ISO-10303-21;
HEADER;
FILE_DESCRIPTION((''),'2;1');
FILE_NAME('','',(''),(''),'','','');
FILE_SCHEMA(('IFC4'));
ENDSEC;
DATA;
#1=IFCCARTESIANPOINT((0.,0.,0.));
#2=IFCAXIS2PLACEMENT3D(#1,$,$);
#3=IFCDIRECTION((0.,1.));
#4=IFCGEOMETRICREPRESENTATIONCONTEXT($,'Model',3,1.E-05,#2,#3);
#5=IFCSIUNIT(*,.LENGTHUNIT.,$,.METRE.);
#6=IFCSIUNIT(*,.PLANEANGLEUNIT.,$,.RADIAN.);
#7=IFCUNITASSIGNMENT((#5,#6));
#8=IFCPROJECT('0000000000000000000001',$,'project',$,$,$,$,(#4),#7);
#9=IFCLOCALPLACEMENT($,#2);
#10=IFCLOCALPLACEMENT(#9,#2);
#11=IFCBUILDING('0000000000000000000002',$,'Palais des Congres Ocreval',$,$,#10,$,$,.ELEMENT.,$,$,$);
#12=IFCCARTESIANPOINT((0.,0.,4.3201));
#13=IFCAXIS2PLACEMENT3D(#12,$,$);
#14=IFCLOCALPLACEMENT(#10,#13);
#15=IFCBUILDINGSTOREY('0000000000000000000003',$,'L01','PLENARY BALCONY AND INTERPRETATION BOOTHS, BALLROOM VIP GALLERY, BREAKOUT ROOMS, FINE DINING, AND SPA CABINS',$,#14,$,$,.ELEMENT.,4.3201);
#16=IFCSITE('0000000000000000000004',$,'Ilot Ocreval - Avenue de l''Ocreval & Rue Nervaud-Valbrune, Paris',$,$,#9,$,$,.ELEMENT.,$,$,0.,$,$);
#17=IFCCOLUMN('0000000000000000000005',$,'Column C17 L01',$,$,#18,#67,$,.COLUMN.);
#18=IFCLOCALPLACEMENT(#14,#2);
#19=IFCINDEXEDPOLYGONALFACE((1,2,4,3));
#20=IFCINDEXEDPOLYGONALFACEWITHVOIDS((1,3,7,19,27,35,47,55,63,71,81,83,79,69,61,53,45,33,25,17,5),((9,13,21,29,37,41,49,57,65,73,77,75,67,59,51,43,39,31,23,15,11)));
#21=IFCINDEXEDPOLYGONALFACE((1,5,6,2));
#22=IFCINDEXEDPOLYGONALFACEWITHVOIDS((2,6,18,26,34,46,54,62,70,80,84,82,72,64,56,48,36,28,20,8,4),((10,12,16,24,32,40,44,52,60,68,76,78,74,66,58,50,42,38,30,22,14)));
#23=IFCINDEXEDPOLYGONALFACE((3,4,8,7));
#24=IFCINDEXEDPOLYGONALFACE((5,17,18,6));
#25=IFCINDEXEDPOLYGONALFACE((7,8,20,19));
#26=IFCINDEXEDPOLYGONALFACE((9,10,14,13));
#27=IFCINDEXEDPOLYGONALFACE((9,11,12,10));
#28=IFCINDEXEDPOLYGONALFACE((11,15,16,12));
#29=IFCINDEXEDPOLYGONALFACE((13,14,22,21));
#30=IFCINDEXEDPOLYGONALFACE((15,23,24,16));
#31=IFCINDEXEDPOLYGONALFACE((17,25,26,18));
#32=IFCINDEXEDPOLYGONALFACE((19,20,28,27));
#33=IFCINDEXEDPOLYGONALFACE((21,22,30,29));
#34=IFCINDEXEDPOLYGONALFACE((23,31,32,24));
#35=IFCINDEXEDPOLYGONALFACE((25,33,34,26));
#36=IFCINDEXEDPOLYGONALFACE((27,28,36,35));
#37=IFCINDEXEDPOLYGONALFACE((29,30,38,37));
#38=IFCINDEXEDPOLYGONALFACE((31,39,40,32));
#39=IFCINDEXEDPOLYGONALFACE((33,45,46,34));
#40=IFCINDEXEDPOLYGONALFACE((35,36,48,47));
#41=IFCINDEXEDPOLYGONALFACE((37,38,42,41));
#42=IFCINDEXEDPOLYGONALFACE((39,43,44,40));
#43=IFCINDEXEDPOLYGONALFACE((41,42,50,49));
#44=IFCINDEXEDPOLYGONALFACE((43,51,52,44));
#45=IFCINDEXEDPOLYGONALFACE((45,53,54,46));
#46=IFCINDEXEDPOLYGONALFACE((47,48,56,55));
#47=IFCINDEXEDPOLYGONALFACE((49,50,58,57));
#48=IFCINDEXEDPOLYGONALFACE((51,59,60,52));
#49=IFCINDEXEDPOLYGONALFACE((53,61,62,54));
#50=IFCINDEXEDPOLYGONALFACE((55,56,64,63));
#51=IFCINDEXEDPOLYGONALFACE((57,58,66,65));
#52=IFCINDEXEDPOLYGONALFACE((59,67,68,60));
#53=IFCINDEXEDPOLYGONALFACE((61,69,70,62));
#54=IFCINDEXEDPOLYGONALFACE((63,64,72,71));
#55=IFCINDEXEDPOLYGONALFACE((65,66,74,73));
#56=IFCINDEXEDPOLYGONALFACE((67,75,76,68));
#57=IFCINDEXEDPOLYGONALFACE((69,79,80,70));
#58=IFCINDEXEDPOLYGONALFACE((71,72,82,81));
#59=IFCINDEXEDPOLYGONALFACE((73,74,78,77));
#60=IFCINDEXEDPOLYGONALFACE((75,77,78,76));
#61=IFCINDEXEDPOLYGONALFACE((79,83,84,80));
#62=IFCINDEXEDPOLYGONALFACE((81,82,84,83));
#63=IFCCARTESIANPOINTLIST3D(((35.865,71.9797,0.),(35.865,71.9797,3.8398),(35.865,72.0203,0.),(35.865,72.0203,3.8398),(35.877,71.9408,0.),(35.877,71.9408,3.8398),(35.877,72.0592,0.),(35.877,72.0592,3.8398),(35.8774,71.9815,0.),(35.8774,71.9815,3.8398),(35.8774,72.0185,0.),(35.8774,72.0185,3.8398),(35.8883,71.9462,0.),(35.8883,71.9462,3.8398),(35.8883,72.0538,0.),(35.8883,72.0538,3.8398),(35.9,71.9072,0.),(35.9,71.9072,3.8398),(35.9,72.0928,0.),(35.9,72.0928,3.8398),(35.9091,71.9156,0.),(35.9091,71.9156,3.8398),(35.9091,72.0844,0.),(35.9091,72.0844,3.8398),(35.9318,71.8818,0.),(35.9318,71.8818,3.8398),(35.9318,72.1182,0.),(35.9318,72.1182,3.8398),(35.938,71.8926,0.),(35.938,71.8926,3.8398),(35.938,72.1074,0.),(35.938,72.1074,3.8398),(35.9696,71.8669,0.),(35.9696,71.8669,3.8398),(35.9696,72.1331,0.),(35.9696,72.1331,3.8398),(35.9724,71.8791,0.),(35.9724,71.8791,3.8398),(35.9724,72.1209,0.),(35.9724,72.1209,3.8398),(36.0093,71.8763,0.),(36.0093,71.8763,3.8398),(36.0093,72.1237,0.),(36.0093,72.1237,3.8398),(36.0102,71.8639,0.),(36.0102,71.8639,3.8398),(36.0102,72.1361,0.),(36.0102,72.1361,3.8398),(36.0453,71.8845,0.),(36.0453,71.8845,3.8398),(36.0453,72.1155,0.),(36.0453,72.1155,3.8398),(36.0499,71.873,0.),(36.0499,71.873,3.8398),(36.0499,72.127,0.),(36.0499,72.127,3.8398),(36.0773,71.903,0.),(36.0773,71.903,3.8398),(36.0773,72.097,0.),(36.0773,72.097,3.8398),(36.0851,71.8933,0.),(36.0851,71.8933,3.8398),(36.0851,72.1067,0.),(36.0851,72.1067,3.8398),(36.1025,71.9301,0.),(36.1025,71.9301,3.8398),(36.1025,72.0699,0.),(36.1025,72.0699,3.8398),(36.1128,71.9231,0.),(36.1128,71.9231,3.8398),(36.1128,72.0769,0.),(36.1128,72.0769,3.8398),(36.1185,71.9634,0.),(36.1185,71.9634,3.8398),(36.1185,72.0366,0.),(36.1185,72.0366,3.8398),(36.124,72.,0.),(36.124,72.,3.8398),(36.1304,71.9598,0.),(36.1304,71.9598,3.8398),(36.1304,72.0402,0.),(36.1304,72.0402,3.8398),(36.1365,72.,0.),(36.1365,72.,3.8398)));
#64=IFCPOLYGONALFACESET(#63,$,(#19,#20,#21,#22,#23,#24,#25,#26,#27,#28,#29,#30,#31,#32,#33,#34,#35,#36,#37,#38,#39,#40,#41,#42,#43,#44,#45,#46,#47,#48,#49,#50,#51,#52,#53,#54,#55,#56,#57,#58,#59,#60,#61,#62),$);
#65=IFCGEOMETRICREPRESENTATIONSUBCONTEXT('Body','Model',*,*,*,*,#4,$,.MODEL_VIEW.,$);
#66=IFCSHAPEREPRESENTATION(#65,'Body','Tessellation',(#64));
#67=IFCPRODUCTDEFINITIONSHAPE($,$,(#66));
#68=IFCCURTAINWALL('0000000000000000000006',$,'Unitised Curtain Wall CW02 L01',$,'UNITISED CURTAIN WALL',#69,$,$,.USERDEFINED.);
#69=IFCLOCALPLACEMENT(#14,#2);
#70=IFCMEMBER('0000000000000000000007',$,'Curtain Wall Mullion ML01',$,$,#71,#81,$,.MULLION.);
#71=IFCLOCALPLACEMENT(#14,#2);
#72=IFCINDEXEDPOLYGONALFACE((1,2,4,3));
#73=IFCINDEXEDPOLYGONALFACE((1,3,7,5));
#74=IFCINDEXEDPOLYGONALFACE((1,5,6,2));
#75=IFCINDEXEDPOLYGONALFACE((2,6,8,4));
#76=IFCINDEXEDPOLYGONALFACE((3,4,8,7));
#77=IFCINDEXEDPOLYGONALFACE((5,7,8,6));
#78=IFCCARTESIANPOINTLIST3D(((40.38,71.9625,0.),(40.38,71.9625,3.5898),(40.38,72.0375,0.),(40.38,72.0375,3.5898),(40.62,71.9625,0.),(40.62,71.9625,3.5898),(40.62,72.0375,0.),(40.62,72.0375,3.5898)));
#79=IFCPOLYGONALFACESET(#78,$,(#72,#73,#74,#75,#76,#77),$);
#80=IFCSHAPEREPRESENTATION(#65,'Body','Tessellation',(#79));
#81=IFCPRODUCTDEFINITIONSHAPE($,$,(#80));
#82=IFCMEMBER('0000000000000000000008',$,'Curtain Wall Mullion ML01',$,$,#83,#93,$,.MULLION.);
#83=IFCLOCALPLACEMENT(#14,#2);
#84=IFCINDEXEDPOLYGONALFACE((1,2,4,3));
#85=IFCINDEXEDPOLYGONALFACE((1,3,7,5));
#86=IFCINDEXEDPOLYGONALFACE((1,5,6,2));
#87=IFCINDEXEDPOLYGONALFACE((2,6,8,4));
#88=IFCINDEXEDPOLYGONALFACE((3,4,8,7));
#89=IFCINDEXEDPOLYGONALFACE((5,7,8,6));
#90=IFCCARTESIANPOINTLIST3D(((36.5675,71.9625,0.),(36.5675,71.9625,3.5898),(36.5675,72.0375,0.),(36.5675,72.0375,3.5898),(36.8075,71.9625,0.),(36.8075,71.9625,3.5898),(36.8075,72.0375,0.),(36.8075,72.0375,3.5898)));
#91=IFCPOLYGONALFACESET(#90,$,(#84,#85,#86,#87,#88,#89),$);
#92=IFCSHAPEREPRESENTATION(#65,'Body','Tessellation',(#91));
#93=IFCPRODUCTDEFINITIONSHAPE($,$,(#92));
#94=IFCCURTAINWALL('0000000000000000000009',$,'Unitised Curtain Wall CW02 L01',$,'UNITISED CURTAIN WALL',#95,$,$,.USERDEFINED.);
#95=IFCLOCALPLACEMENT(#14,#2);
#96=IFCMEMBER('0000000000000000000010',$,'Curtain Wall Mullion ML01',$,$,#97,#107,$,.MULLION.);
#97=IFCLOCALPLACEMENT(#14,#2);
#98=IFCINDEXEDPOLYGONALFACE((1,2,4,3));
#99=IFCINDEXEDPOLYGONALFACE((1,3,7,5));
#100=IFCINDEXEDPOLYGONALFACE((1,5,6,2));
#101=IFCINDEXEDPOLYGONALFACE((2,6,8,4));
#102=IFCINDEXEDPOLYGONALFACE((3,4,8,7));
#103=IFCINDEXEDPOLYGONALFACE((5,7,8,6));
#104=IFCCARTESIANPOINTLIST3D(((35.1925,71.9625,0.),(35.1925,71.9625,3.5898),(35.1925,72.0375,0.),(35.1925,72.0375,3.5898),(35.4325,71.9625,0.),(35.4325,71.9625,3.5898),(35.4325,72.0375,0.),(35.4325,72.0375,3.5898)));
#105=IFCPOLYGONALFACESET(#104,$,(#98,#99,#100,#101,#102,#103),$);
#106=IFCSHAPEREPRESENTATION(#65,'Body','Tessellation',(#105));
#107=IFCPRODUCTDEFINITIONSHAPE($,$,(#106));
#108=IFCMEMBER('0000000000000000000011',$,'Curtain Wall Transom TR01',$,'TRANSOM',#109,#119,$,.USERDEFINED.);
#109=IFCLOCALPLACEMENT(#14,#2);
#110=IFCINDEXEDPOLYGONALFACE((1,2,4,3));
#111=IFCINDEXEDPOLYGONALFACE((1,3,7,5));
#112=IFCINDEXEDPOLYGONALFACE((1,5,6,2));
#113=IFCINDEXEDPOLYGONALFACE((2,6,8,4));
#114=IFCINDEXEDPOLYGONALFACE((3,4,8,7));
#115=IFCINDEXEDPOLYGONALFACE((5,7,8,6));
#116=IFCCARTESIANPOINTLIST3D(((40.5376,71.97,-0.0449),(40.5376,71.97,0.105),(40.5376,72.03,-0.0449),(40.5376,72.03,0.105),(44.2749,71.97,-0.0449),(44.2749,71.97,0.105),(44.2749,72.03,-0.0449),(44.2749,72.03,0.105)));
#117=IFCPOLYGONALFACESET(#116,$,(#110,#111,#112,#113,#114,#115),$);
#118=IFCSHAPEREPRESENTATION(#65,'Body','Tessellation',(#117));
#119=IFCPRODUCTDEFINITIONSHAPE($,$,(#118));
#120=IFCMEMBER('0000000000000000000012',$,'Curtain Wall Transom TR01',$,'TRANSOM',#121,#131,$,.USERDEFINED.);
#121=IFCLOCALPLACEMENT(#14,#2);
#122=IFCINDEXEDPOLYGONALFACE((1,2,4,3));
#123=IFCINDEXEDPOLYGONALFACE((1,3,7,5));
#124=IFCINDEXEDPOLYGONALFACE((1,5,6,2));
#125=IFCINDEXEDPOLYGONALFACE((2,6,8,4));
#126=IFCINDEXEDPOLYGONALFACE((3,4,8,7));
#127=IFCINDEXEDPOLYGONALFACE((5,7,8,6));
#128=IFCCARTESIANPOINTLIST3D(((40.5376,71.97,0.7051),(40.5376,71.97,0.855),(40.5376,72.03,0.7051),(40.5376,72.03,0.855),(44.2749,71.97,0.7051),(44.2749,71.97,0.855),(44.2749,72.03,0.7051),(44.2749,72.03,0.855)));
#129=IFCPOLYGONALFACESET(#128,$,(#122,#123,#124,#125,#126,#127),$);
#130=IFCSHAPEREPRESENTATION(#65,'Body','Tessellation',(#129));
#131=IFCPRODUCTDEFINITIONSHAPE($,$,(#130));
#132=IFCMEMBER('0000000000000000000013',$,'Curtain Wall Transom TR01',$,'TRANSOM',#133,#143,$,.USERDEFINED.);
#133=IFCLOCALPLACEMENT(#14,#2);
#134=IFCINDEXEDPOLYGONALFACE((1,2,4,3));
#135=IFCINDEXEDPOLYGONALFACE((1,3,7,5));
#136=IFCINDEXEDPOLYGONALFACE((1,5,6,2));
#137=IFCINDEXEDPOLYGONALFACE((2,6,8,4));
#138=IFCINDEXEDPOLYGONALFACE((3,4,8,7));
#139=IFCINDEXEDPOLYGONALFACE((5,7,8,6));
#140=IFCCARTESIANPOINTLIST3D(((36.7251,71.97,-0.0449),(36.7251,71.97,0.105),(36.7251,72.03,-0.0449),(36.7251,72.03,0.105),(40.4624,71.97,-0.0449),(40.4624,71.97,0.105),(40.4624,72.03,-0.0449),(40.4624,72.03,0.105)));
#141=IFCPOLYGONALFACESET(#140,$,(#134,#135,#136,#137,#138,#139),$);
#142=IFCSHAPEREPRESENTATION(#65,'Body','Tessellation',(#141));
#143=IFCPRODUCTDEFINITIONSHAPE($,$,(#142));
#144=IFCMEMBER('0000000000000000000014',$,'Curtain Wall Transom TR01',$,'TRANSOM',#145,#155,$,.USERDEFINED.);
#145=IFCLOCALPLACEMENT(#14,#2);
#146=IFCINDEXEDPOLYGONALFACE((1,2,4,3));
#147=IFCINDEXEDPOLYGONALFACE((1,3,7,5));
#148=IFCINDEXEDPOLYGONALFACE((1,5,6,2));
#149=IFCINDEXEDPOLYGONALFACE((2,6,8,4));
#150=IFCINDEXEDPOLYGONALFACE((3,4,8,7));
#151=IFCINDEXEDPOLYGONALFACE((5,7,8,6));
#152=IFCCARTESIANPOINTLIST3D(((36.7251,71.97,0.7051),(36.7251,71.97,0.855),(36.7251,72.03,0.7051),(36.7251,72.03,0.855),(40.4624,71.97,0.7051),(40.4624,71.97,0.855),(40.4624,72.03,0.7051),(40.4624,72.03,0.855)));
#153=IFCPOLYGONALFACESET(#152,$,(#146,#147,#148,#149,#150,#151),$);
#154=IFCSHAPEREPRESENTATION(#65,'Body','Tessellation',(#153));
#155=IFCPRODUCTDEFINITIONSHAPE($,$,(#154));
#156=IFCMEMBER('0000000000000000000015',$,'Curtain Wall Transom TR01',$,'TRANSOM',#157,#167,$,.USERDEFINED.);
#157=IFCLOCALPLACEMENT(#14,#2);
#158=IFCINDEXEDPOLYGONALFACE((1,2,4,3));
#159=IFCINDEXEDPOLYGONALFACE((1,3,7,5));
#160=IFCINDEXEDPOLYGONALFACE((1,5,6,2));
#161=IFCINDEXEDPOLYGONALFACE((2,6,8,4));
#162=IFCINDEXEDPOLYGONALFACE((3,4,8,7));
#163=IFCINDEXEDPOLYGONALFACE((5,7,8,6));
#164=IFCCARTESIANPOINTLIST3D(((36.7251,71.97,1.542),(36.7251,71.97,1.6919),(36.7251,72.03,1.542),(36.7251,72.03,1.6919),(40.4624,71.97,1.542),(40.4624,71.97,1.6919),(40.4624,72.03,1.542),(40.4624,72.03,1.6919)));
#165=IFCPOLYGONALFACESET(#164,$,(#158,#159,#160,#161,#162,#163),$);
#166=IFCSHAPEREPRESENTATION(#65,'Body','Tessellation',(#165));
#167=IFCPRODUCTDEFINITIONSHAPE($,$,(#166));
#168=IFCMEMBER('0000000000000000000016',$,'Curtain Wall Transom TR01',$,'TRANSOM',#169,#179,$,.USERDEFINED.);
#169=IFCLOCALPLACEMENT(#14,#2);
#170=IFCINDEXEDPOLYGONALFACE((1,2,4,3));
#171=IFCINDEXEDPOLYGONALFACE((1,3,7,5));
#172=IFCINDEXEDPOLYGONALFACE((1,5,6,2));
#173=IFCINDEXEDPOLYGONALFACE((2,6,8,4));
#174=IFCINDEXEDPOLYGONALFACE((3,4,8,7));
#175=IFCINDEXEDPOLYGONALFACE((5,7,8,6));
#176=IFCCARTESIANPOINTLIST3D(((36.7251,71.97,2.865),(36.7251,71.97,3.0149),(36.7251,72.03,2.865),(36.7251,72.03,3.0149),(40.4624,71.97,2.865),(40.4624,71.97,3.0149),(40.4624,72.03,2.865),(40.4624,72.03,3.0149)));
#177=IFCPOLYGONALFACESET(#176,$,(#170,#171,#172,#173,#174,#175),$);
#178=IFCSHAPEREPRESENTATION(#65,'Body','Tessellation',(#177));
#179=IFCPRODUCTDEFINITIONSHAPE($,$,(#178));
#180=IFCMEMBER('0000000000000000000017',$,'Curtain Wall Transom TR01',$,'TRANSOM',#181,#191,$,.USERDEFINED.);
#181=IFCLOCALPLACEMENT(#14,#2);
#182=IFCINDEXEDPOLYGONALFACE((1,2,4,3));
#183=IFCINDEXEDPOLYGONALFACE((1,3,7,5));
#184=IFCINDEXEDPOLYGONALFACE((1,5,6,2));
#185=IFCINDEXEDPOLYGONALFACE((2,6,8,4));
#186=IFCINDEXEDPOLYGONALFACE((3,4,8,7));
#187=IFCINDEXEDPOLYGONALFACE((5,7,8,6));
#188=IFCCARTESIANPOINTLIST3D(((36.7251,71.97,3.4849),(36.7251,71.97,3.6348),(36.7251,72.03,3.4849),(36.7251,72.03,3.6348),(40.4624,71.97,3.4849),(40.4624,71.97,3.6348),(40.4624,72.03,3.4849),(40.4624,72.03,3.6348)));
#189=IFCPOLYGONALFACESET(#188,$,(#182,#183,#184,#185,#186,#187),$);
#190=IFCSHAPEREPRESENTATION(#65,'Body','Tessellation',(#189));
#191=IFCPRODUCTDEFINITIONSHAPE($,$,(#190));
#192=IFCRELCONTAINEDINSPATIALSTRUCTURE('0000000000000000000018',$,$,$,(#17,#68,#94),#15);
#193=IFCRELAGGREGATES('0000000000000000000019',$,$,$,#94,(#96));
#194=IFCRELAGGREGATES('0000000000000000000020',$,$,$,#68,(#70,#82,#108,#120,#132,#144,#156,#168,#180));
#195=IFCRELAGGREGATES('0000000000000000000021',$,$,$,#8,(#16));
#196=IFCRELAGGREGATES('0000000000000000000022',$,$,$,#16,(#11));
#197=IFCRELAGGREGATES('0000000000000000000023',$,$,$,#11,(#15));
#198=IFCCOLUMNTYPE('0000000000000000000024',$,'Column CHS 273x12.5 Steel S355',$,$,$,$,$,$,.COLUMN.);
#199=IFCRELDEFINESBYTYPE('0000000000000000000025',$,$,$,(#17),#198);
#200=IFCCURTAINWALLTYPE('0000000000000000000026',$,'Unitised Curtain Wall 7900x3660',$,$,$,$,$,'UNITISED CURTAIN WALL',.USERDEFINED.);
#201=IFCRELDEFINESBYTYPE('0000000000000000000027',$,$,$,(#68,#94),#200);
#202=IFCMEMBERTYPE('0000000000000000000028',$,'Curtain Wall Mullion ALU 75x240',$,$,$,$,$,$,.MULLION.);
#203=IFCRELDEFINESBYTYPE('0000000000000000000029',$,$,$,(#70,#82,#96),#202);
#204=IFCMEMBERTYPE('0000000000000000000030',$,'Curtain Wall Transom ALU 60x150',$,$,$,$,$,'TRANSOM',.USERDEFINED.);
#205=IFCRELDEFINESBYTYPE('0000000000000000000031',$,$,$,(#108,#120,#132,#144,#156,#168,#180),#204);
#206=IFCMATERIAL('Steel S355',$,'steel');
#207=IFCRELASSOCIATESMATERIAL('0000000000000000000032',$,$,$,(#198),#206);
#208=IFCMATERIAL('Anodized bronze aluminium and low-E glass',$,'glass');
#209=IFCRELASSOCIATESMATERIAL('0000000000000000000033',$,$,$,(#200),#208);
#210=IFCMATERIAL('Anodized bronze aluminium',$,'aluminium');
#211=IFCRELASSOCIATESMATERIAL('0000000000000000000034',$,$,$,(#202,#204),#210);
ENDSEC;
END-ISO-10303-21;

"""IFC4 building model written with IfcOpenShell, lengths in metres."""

from ifc_helpers import new_model, si_unit, direction, frame, origin, origin_2d, place, context, subcontext, project, spatial, rectangle, hollow_circle, extrude, material, material_profile, profile_set, type_object, element, aggregate, save


model = new_model("IFC4")

# Units and contexts
model_context = context("Model", 3, precision=1e-05, world=origin(), true_north=direction((0.0, 1.0)))
body_context = subcontext(model_context, "Body", "Model", "MODEL_VIEW")
ifc_project = project(units=[si_unit("LENGTHUNIT", "METRE"), si_unit("PLANEANGLEUNIT", "RADIAN")], contexts=[model_context])

# Site, building, storey
site_placement = place(None, origin())
site = spatial("IfcSite", under=ifc_project, at=site_placement, Name="Ilot Ocreval - Avenue de l'Ocreval & Rue Nervaud-Valbrune, Paris", CompositionType="ELEMENT", RefElevation=0.0)
building_placement = place(site_placement, origin())
building = spatial("IfcBuilding", under=site, at=building_placement, Name="Palais des Congres Ocreval", CompositionType="ELEMENT")
storey_placement = place(building_placement, frame((0.0, 0.0, 4.3201)))
storey = spatial("IfcBuildingStorey", under=building, at=storey_placement, Name="L01", Description="PLENARY BALCONY AND INTERPRETATION BOOTHS, BALLROOM VIP GALLERY, BREAKOUT ROOMS, FINE DINING, AND SPA CABINS", CompositionType="ELEMENT", Elevation=4.3201)

# Column
ifc_material_1 = material(Name="Steel S355", Category="steel")
ifc_material_profile_1 = material_profile(ifc_material_1, hollow_circle(Radius=0.1365, WallThickness=0.0125, at=origin_2d()), Name="CHS 273x12.5")
ifc_profile_set_1 = profile_set([ifc_material_profile_1], Name="Steel S355")
column_type = type_object("IfcColumnType", Name="Column CHS 273x12.5 Steel S355", PredefinedType="COLUMN", material=ifc_profile_set_1)
column_placement = place(storey_placement, frame((36.0, 72.0, 0.0), z_axis=(0.0, 0.0, 1.0), x_axis=(1.0, 0.0, 0.0)))
element("IfcColumn", 1, at=column_placement, inside=storey, type_object=column_type, Name="Column C17 L01", PredefinedType="COLUMN", context=body_context, shape_type="SweptSolid", body=[
    extrude(hollow_circle(Radius=0.1365, WallThickness=0.0125, at=origin_2d()), origin(), (0.0, 0.0, 1.0), 3.8398),
])

# Curtain wall, members
ifc_material_2 = material(Name="Anodized bronze aluminium and low-E glass", Category="glass")
curtain_wall_type = type_object("IfcCurtainWallType", Name="Unitised Curtain Wall 7900x3660", ElementType="UNITISED CURTAIN WALL", PredefinedType="USERDEFINED", material=ifc_material_2)
curtain_wall_1_placement = place(storey_placement, origin())
curtain_wall_1 = element("IfcCurtainWall", 2, at=curtain_wall_1_placement, inside=storey, type_object=curtain_wall_type, Name="Unitised Curtain Wall CW02 L01", ObjectType="UNITISED CURTAIN WALL", PredefinedType="USERDEFINED")
ifc_material_3 = material(Name="Anodized bronze aluminium", Category="aluminium")
ifc_material_profile_2 = material_profile(ifc_material_3, rectangle(XDim=0.075, YDim=0.24, at=origin_2d()), Name="ALU 75x240")
ifc_profile_set_2 = profile_set([ifc_material_profile_2], Name="Anodized bronze aluminium")
member_type_1 = type_object("IfcMemberType", Name="Curtain Wall Mullion ALU 75x240", PredefinedType="MULLION", material=ifc_profile_set_2)
member_1_placement = place(storey_placement, frame((40.5, 72.0, 0.0), z_axis=(0.0, 0.0, 1.0), x_axis=(0.0, -1.0, 0.0)))
member_1 = element("IfcMember", 3, at=member_1_placement, type_object=member_type_1, Name="Curtain Wall Mullion ML01", PredefinedType="MULLION", context=body_context, shape_type="SweptSolid", body=[
    extrude(rectangle(XDim=0.075, YDim=0.24, at=origin_2d()), origin(), (0.0, 0.0, 1.0), 3.5898),
])
member_2_placement = place(storey_placement, frame((36.6875, 72.0, 0.0), z_axis=(0.0, 0.0, 1.0), x_axis=(0.0, -1.0, 0.0)))
member_2 = element("IfcMember", 4, at=member_2_placement, type_object=member_type_1, Name="Curtain Wall Mullion ML01", PredefinedType="MULLION", context=body_context, shape_type="SweptSolid", body=[
    extrude(rectangle(XDim=0.075, YDim=0.24, at=origin_2d()), origin(), (0.0, 0.0, 1.0), 3.5898),
])

# Curtain wall, member
curtain_wall_2_placement = place(storey_placement, origin())
curtain_wall_2 = element("IfcCurtainWall", 5, at=curtain_wall_2_placement, inside=storey, type_object=curtain_wall_type, Name="Unitised Curtain Wall CW02 L01", ObjectType="UNITISED CURTAIN WALL", PredefinedType="USERDEFINED")
member_3_placement = place(storey_placement, frame((35.3125, 72.0, 0.0), z_axis=(0.0, 0.0, 1.0), x_axis=(0.0, -1.0, 0.0)))
member_3 = element("IfcMember", 6, at=member_3_placement, type_object=member_type_1, Name="Curtain Wall Mullion ML01", PredefinedType="MULLION", context=body_context, shape_type="SweptSolid", body=[
    extrude(rectangle(XDim=0.075, YDim=0.24, at=origin_2d()), origin(), (0.0, 0.0, 1.0), 3.5898),
])

# Members
ifc_material_profile_3 = material_profile(ifc_material_3, rectangle(XDim=0.0601, YDim=0.1499, at=origin_2d()), Name="ALU 60x150")
ifc_profile_set_3 = profile_set([ifc_material_profile_3], Name="Anodized bronze aluminium")
member_type_2 = type_object("IfcMemberType", Name="Curtain Wall Transom ALU 60x150", ElementType="TRANSOM", PredefinedType="USERDEFINED", material=ifc_profile_set_3)
member_4_placement = place(storey_placement, frame((44.2749, 72.0, 0.03), z_axis=(-1.0, 0.0, 0.0), x_axis=(0.0, -1.0, 0.0)))
member_4 = element("IfcMember", 7, at=member_4_placement, type_object=member_type_2, Name="Curtain Wall Transom TR01", ObjectType="TRANSOM", PredefinedType="USERDEFINED", context=body_context, shape_type="SweptSolid", body=[
    extrude(rectangle(XDim=0.0601, YDim=0.1499, at=origin_2d()), origin(), (0.0, 0.0, 1.0), 3.7373),
])
member_5_placement = place(storey_placement, frame((44.2749, 72.0, 0.78), z_axis=(-1.0, 0.0, 0.0), x_axis=(0.0, -1.0, 0.0)))
member_5 = element("IfcMember", 8, at=member_5_placement, type_object=member_type_2, Name="Curtain Wall Transom TR01", ObjectType="TRANSOM", PredefinedType="USERDEFINED", context=body_context, shape_type="SweptSolid", body=[
    extrude(rectangle(XDim=0.0601, YDim=0.1499, at=origin_2d()), origin(), (0.0, 0.0, 1.0), 3.7373),
])
member_6_placement = place(storey_placement, frame((40.4624, 72.0, 0.03), z_axis=(-1.0, 0.0, 0.0), x_axis=(0.0, -1.0, 0.0)))
member_6 = element("IfcMember", 9, at=member_6_placement, type_object=member_type_2, Name="Curtain Wall Transom TR01", ObjectType="TRANSOM", PredefinedType="USERDEFINED", context=body_context, shape_type="SweptSolid", body=[
    extrude(rectangle(XDim=0.0601, YDim=0.1499, at=origin_2d()), origin(), (0.0, 0.0, 1.0), 3.7373),
])
member_7_placement = place(storey_placement, frame((40.4624, 72.0, 0.78), z_axis=(-1.0, 0.0, 0.0), x_axis=(0.0, -1.0, 0.0)))
member_7 = element("IfcMember", 10, at=member_7_placement, type_object=member_type_2, Name="Curtain Wall Transom TR01", ObjectType="TRANSOM", PredefinedType="USERDEFINED", context=body_context, shape_type="SweptSolid", body=[
    extrude(rectangle(XDim=0.0601, YDim=0.1499, at=origin_2d()), origin(), (0.0, 0.0, 1.0), 3.7373),
])
member_8_placement = place(storey_placement, frame((40.4624, 72.0, 1.6169), z_axis=(-1.0, 0.0, 0.0), x_axis=(0.0, -1.0, 0.0)))
member_8 = element("IfcMember", 11, at=member_8_placement, type_object=member_type_2, Name="Curtain Wall Transom TR01", ObjectType="TRANSOM", PredefinedType="USERDEFINED", context=body_context, shape_type="SweptSolid", body=[
    extrude(rectangle(XDim=0.0601, YDim=0.1499, at=origin_2d()), origin(), (0.0, 0.0, 1.0), 3.7373),
])
member_9_placement = place(storey_placement, frame((40.4624, 72.0, 2.9399), z_axis=(-1.0, 0.0, 0.0), x_axis=(0.0, -1.0, 0.0)))
member_9 = element("IfcMember", 12, at=member_9_placement, type_object=member_type_2, Name="Curtain Wall Transom TR01", ObjectType="TRANSOM", PredefinedType="USERDEFINED", context=body_context, shape_type="SweptSolid", body=[
    extrude(rectangle(XDim=0.0601, YDim=0.1499, at=origin_2d()), origin(), (0.0, 0.0, 1.0), 3.7373),
])
member_10_placement = place(storey_placement, frame((40.4624, 72.0, 3.5598), z_axis=(-1.0, 0.0, 0.0), x_axis=(0.0, -1.0, 0.0)))
member_10 = element("IfcMember", 13, at=member_10_placement, type_object=member_type_2, Name="Curtain Wall Transom TR01", ObjectType="TRANSOM", PredefinedType="USERDEFINED", context=body_context, shape_type="SweptSolid", body=[
    extrude(rectangle(XDim=0.0601, YDim=0.1499, at=origin_2d()), origin(), (0.0, 0.0, 1.0), 3.7373),
])
aggregate(curtain_wall_2, [member_3])

aggregate(curtain_wall_1, [member_1, member_2, member_4, member_5, member_6, member_7, member_8, member_9, member_10])

save(model, "model.ifc")
